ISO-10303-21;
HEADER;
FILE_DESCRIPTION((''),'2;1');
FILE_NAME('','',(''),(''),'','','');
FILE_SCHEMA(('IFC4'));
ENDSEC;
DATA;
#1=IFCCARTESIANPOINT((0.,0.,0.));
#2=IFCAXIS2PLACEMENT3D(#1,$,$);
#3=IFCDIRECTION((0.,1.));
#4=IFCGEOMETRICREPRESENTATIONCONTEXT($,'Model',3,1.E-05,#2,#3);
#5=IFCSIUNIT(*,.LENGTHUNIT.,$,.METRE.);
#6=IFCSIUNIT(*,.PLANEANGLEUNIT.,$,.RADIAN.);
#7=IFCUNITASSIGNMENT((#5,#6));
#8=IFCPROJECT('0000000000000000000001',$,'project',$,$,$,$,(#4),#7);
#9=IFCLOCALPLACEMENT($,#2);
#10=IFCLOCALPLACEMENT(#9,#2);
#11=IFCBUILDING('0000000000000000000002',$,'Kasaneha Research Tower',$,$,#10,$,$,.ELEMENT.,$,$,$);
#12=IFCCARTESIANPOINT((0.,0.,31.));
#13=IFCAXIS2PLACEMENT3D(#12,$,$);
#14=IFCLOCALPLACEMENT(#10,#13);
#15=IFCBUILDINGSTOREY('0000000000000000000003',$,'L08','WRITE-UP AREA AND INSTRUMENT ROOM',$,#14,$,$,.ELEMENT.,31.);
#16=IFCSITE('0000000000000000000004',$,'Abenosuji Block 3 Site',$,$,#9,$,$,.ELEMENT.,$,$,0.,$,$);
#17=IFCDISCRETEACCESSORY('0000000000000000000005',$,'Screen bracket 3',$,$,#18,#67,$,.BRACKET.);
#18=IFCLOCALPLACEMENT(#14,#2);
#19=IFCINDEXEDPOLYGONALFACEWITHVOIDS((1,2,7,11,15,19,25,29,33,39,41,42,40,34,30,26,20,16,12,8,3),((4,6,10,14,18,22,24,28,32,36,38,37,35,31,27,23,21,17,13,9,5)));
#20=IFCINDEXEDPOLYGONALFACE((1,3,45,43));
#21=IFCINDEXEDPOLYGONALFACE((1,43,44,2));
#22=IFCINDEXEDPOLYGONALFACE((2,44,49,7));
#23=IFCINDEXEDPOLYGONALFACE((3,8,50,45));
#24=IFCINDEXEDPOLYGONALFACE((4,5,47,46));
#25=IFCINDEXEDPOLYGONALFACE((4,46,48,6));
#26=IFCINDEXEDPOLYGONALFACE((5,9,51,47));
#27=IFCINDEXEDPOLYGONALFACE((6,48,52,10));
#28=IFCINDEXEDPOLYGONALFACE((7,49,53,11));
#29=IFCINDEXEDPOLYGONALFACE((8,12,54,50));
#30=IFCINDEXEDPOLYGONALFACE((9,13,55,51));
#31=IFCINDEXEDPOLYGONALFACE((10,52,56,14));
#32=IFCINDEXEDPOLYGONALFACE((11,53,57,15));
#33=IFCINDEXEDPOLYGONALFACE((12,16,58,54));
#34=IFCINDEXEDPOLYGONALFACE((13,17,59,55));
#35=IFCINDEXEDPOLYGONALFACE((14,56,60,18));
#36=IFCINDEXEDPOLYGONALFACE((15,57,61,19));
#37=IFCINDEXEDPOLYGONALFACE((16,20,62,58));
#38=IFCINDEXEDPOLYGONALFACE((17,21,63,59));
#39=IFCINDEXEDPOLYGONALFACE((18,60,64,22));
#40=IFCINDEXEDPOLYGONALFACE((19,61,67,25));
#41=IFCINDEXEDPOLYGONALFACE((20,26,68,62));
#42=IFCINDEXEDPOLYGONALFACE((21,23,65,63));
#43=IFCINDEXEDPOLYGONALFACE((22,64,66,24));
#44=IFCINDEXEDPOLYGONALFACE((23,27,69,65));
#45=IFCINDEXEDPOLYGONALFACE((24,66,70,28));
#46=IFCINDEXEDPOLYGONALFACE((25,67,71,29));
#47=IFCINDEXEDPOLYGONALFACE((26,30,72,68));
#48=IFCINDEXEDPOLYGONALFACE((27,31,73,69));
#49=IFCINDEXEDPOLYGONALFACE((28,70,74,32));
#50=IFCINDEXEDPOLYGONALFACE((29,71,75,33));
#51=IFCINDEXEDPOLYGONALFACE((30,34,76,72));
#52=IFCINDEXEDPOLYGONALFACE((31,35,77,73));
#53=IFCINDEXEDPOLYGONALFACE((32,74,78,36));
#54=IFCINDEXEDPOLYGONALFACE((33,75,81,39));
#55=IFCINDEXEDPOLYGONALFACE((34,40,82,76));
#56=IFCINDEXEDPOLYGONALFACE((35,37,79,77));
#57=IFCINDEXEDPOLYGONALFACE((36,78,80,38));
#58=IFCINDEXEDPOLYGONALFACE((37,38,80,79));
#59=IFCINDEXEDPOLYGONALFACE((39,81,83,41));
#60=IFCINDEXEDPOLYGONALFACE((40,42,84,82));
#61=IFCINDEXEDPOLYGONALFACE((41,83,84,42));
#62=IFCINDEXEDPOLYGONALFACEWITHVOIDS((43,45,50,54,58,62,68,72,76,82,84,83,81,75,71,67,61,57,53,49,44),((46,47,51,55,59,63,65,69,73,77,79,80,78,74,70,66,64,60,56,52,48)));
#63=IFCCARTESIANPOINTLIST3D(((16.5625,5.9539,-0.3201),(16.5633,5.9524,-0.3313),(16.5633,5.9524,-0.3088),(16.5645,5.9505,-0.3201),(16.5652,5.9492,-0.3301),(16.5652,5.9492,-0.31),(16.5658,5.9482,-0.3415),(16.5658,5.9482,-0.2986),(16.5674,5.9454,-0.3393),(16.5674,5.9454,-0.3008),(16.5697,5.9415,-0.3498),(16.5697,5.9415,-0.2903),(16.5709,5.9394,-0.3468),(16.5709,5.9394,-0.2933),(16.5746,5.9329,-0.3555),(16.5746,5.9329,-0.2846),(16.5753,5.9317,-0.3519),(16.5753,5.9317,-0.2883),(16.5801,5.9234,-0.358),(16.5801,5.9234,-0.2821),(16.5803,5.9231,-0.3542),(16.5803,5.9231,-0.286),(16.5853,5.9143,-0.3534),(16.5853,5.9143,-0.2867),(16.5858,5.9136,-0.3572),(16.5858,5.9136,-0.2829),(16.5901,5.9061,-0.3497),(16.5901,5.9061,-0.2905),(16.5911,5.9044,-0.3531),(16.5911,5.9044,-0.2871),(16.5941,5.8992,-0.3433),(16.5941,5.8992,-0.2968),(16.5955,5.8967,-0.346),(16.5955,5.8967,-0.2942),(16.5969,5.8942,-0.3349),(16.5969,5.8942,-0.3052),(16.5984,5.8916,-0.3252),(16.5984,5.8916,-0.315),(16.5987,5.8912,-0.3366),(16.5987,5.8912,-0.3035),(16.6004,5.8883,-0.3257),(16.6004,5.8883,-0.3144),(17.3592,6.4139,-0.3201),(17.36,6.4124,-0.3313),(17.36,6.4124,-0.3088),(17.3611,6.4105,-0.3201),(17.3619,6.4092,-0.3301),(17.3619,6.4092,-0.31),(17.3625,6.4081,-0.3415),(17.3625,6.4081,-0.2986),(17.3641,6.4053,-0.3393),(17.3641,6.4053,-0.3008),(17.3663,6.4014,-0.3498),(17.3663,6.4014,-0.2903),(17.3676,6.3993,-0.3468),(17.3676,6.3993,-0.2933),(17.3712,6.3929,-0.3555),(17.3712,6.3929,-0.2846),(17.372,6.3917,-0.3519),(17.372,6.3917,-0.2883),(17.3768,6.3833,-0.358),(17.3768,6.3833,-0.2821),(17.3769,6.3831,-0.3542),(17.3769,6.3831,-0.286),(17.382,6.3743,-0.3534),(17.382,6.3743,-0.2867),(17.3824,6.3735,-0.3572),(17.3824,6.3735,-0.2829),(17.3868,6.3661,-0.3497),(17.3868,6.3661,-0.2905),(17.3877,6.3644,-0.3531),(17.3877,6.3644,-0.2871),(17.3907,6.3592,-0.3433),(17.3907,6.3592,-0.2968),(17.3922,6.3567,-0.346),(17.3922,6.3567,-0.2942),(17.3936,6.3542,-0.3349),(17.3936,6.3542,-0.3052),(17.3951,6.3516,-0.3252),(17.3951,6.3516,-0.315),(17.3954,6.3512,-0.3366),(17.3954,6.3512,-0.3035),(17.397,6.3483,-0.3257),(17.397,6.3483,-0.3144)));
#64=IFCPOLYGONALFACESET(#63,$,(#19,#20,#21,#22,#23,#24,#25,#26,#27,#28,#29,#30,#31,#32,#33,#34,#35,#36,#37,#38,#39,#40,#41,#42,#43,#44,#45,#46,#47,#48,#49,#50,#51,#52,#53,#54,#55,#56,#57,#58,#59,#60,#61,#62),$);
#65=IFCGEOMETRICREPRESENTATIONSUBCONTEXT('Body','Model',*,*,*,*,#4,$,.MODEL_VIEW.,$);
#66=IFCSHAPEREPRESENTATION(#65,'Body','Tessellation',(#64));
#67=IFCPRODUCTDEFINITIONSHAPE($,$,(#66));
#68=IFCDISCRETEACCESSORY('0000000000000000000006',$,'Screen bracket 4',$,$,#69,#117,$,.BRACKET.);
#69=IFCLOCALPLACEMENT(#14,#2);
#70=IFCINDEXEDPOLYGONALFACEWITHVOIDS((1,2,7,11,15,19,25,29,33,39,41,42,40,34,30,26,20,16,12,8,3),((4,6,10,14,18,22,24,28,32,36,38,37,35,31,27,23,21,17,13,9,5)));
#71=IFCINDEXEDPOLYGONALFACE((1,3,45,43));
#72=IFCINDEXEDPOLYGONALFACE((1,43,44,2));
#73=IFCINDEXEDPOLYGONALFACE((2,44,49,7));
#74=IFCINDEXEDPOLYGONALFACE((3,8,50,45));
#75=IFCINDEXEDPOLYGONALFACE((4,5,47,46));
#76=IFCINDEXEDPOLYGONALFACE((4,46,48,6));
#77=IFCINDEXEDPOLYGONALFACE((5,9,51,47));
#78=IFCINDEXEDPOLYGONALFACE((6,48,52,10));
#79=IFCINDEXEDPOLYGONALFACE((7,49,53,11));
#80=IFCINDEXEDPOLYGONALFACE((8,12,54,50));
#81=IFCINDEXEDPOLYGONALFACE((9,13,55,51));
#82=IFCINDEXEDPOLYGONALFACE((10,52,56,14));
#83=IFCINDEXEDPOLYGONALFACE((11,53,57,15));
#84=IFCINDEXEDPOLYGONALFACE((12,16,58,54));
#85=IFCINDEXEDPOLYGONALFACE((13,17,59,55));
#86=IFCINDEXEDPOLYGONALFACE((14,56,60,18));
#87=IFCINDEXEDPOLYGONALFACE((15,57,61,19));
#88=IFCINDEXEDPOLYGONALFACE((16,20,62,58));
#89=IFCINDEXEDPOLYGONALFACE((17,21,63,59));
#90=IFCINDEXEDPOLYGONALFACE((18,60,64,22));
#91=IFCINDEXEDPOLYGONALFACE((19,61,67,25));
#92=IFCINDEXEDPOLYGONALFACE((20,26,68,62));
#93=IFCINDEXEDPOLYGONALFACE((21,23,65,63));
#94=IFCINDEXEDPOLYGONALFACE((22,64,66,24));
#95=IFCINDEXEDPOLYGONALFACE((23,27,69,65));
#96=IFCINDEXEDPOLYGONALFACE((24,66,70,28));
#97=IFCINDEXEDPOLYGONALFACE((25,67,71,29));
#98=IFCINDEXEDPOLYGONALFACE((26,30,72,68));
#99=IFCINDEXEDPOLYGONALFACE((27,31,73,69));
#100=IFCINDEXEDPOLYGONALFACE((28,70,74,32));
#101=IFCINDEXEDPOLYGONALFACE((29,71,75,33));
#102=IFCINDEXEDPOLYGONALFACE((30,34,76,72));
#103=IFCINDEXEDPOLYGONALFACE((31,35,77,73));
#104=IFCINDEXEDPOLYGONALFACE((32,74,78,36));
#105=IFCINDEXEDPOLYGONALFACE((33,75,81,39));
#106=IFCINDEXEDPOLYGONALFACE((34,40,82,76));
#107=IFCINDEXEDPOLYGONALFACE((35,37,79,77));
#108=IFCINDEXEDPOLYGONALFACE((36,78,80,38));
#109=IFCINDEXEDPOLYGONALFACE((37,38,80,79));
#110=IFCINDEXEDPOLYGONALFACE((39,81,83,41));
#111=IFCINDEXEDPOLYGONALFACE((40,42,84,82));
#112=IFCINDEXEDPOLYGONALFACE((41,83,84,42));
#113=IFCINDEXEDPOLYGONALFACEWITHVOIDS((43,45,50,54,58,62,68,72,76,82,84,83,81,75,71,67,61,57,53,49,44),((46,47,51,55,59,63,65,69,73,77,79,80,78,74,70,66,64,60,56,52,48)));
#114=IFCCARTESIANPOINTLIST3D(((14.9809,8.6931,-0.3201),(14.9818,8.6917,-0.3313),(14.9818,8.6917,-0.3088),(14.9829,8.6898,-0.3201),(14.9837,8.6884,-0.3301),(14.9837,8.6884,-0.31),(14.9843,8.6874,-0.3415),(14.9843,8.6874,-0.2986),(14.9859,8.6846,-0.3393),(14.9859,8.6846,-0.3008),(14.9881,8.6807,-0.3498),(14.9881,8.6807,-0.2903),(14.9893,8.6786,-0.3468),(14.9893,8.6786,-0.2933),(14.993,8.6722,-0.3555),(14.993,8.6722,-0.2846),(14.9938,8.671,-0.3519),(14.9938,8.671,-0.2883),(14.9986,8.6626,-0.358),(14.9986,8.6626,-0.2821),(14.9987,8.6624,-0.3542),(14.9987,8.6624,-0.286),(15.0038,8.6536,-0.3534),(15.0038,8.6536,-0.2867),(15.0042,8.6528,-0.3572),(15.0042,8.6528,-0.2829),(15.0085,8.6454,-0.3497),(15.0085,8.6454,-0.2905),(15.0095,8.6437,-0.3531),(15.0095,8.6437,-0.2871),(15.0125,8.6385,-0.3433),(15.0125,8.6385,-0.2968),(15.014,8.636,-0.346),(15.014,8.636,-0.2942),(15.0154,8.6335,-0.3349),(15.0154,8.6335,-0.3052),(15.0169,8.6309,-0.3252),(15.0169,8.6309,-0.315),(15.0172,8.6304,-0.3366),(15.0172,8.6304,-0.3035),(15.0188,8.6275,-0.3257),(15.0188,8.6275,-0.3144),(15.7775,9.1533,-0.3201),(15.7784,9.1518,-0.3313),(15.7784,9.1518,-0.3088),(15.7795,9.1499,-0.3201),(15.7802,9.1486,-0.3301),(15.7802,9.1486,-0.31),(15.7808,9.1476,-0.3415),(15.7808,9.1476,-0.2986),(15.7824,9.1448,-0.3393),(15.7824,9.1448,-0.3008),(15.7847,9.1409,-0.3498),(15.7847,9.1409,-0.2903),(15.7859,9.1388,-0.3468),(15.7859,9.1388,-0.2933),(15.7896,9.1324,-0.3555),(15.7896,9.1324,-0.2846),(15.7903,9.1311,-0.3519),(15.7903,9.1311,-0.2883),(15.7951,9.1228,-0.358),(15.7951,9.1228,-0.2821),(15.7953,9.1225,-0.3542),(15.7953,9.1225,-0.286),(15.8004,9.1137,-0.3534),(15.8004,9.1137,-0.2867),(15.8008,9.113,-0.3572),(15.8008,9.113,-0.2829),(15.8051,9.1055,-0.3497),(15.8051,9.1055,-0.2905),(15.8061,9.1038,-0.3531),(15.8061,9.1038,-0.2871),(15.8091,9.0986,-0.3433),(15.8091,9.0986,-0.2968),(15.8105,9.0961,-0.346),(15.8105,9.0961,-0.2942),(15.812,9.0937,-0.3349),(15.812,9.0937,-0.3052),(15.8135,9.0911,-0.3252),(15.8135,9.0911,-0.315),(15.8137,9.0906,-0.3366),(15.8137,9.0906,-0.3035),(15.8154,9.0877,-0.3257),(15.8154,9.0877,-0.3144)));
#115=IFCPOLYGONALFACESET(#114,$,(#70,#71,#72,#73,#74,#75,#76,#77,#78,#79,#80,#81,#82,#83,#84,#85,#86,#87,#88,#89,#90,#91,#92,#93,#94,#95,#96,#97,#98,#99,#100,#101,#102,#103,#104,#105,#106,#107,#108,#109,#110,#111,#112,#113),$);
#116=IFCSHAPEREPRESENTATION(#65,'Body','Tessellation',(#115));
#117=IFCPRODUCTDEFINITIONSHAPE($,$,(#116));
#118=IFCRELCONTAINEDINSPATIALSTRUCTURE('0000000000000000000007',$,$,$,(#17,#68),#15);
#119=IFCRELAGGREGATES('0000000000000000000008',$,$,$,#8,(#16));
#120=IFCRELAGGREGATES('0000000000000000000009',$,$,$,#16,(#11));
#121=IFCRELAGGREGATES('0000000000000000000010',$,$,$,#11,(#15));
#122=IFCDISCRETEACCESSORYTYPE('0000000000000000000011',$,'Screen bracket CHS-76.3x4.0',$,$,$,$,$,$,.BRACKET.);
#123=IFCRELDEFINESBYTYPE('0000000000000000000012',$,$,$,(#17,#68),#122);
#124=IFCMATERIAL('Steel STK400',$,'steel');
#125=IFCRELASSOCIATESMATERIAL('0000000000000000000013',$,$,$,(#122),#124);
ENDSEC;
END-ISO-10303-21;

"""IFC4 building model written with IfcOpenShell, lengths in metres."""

from ifc_helpers import new_model, si_unit, direction, frame, origin, origin_2d, place, context, subcontext, project, spatial, hollow_circle, extrude, material, material_profile, profile_set, type_object, element, save


model = new_model("IFC4")

# Units and contexts
model_context = context("Model", 3, precision=1e-05, world=origin(), true_north=direction((0.0, 1.0)))
body_context = subcontext(model_context, "Body", "Model", "MODEL_VIEW")
ifc_project = project(units=[si_unit("LENGTHUNIT", "METRE"), si_unit("PLANEANGLEUNIT", "RADIAN")], contexts=[model_context])

# Site, building, storey
site_placement = place(None, origin())
site = spatial("IfcSite", under=ifc_project, at=site_placement, Name="Abenosuji Block 3 Site", CompositionType="ELEMENT", RefElevation=0.0)
building_placement = place(site_placement, origin())
building = spatial("IfcBuilding", under=site, at=building_placement, Name="Kasaneha Research Tower", CompositionType="ELEMENT")
storey_placement = place(building_placement, frame((0.0, 0.0, 31.0)))
storey = spatial("IfcBuildingStorey", under=building, at=storey_placement, Name="L08", Description="WRITE-UP AREA AND INSTRUMENT ROOM", CompositionType="ELEMENT", Elevation=31.0)

# Discrete accessories
ifc_material_1 = material(Name="Steel STK400", Category="steel")
ifc_material_profile_1 = material_profile(ifc_material_1, hollow_circle(Radius=0.0381, WallThickness=0.0039, at=origin_2d()), Name="CHS-76.3x4.0")
ifc_profile_set_1 = profile_set([ifc_material_profile_1], Name="Steel STK400")
discrete_accessory_type = type_object("IfcDiscreteAccessoryType", Name="Screen bracket CHS-76.3x4.0", PredefinedType="BRACKET", material=ifc_profile_set_1)
for number, where, z_axis, x_axis, name in (
    (1, (16.5815, 5.9209, -0.3201), (0.866013, 0.500021, 0.0), (-0.500021, 0.866013, 0.0), "Screen bracket 3"),
    (2, (15.0, 8.6602, -0.3201), (0.865898, 0.50022, 0.0), (-0.50022, 0.865898, 0.0), "Screen bracket 4"),
):
    element("IfcDiscreteAccessory", number, at=place(storey_placement, frame(where, z_axis=z_axis, x_axis=x_axis)), inside=storey, type_object=discrete_accessory_type, Name=name, PredefinedType="BRACKET", context=body_context, shape_type="SweptSolid", body=[
        extrude(hollow_circle(Radius=0.0381, WallThickness=0.0039, at=origin_2d()), origin(), (0.0, 0.0, 1.0), 0.9199),
    ])

save(model, "model.ifc")
